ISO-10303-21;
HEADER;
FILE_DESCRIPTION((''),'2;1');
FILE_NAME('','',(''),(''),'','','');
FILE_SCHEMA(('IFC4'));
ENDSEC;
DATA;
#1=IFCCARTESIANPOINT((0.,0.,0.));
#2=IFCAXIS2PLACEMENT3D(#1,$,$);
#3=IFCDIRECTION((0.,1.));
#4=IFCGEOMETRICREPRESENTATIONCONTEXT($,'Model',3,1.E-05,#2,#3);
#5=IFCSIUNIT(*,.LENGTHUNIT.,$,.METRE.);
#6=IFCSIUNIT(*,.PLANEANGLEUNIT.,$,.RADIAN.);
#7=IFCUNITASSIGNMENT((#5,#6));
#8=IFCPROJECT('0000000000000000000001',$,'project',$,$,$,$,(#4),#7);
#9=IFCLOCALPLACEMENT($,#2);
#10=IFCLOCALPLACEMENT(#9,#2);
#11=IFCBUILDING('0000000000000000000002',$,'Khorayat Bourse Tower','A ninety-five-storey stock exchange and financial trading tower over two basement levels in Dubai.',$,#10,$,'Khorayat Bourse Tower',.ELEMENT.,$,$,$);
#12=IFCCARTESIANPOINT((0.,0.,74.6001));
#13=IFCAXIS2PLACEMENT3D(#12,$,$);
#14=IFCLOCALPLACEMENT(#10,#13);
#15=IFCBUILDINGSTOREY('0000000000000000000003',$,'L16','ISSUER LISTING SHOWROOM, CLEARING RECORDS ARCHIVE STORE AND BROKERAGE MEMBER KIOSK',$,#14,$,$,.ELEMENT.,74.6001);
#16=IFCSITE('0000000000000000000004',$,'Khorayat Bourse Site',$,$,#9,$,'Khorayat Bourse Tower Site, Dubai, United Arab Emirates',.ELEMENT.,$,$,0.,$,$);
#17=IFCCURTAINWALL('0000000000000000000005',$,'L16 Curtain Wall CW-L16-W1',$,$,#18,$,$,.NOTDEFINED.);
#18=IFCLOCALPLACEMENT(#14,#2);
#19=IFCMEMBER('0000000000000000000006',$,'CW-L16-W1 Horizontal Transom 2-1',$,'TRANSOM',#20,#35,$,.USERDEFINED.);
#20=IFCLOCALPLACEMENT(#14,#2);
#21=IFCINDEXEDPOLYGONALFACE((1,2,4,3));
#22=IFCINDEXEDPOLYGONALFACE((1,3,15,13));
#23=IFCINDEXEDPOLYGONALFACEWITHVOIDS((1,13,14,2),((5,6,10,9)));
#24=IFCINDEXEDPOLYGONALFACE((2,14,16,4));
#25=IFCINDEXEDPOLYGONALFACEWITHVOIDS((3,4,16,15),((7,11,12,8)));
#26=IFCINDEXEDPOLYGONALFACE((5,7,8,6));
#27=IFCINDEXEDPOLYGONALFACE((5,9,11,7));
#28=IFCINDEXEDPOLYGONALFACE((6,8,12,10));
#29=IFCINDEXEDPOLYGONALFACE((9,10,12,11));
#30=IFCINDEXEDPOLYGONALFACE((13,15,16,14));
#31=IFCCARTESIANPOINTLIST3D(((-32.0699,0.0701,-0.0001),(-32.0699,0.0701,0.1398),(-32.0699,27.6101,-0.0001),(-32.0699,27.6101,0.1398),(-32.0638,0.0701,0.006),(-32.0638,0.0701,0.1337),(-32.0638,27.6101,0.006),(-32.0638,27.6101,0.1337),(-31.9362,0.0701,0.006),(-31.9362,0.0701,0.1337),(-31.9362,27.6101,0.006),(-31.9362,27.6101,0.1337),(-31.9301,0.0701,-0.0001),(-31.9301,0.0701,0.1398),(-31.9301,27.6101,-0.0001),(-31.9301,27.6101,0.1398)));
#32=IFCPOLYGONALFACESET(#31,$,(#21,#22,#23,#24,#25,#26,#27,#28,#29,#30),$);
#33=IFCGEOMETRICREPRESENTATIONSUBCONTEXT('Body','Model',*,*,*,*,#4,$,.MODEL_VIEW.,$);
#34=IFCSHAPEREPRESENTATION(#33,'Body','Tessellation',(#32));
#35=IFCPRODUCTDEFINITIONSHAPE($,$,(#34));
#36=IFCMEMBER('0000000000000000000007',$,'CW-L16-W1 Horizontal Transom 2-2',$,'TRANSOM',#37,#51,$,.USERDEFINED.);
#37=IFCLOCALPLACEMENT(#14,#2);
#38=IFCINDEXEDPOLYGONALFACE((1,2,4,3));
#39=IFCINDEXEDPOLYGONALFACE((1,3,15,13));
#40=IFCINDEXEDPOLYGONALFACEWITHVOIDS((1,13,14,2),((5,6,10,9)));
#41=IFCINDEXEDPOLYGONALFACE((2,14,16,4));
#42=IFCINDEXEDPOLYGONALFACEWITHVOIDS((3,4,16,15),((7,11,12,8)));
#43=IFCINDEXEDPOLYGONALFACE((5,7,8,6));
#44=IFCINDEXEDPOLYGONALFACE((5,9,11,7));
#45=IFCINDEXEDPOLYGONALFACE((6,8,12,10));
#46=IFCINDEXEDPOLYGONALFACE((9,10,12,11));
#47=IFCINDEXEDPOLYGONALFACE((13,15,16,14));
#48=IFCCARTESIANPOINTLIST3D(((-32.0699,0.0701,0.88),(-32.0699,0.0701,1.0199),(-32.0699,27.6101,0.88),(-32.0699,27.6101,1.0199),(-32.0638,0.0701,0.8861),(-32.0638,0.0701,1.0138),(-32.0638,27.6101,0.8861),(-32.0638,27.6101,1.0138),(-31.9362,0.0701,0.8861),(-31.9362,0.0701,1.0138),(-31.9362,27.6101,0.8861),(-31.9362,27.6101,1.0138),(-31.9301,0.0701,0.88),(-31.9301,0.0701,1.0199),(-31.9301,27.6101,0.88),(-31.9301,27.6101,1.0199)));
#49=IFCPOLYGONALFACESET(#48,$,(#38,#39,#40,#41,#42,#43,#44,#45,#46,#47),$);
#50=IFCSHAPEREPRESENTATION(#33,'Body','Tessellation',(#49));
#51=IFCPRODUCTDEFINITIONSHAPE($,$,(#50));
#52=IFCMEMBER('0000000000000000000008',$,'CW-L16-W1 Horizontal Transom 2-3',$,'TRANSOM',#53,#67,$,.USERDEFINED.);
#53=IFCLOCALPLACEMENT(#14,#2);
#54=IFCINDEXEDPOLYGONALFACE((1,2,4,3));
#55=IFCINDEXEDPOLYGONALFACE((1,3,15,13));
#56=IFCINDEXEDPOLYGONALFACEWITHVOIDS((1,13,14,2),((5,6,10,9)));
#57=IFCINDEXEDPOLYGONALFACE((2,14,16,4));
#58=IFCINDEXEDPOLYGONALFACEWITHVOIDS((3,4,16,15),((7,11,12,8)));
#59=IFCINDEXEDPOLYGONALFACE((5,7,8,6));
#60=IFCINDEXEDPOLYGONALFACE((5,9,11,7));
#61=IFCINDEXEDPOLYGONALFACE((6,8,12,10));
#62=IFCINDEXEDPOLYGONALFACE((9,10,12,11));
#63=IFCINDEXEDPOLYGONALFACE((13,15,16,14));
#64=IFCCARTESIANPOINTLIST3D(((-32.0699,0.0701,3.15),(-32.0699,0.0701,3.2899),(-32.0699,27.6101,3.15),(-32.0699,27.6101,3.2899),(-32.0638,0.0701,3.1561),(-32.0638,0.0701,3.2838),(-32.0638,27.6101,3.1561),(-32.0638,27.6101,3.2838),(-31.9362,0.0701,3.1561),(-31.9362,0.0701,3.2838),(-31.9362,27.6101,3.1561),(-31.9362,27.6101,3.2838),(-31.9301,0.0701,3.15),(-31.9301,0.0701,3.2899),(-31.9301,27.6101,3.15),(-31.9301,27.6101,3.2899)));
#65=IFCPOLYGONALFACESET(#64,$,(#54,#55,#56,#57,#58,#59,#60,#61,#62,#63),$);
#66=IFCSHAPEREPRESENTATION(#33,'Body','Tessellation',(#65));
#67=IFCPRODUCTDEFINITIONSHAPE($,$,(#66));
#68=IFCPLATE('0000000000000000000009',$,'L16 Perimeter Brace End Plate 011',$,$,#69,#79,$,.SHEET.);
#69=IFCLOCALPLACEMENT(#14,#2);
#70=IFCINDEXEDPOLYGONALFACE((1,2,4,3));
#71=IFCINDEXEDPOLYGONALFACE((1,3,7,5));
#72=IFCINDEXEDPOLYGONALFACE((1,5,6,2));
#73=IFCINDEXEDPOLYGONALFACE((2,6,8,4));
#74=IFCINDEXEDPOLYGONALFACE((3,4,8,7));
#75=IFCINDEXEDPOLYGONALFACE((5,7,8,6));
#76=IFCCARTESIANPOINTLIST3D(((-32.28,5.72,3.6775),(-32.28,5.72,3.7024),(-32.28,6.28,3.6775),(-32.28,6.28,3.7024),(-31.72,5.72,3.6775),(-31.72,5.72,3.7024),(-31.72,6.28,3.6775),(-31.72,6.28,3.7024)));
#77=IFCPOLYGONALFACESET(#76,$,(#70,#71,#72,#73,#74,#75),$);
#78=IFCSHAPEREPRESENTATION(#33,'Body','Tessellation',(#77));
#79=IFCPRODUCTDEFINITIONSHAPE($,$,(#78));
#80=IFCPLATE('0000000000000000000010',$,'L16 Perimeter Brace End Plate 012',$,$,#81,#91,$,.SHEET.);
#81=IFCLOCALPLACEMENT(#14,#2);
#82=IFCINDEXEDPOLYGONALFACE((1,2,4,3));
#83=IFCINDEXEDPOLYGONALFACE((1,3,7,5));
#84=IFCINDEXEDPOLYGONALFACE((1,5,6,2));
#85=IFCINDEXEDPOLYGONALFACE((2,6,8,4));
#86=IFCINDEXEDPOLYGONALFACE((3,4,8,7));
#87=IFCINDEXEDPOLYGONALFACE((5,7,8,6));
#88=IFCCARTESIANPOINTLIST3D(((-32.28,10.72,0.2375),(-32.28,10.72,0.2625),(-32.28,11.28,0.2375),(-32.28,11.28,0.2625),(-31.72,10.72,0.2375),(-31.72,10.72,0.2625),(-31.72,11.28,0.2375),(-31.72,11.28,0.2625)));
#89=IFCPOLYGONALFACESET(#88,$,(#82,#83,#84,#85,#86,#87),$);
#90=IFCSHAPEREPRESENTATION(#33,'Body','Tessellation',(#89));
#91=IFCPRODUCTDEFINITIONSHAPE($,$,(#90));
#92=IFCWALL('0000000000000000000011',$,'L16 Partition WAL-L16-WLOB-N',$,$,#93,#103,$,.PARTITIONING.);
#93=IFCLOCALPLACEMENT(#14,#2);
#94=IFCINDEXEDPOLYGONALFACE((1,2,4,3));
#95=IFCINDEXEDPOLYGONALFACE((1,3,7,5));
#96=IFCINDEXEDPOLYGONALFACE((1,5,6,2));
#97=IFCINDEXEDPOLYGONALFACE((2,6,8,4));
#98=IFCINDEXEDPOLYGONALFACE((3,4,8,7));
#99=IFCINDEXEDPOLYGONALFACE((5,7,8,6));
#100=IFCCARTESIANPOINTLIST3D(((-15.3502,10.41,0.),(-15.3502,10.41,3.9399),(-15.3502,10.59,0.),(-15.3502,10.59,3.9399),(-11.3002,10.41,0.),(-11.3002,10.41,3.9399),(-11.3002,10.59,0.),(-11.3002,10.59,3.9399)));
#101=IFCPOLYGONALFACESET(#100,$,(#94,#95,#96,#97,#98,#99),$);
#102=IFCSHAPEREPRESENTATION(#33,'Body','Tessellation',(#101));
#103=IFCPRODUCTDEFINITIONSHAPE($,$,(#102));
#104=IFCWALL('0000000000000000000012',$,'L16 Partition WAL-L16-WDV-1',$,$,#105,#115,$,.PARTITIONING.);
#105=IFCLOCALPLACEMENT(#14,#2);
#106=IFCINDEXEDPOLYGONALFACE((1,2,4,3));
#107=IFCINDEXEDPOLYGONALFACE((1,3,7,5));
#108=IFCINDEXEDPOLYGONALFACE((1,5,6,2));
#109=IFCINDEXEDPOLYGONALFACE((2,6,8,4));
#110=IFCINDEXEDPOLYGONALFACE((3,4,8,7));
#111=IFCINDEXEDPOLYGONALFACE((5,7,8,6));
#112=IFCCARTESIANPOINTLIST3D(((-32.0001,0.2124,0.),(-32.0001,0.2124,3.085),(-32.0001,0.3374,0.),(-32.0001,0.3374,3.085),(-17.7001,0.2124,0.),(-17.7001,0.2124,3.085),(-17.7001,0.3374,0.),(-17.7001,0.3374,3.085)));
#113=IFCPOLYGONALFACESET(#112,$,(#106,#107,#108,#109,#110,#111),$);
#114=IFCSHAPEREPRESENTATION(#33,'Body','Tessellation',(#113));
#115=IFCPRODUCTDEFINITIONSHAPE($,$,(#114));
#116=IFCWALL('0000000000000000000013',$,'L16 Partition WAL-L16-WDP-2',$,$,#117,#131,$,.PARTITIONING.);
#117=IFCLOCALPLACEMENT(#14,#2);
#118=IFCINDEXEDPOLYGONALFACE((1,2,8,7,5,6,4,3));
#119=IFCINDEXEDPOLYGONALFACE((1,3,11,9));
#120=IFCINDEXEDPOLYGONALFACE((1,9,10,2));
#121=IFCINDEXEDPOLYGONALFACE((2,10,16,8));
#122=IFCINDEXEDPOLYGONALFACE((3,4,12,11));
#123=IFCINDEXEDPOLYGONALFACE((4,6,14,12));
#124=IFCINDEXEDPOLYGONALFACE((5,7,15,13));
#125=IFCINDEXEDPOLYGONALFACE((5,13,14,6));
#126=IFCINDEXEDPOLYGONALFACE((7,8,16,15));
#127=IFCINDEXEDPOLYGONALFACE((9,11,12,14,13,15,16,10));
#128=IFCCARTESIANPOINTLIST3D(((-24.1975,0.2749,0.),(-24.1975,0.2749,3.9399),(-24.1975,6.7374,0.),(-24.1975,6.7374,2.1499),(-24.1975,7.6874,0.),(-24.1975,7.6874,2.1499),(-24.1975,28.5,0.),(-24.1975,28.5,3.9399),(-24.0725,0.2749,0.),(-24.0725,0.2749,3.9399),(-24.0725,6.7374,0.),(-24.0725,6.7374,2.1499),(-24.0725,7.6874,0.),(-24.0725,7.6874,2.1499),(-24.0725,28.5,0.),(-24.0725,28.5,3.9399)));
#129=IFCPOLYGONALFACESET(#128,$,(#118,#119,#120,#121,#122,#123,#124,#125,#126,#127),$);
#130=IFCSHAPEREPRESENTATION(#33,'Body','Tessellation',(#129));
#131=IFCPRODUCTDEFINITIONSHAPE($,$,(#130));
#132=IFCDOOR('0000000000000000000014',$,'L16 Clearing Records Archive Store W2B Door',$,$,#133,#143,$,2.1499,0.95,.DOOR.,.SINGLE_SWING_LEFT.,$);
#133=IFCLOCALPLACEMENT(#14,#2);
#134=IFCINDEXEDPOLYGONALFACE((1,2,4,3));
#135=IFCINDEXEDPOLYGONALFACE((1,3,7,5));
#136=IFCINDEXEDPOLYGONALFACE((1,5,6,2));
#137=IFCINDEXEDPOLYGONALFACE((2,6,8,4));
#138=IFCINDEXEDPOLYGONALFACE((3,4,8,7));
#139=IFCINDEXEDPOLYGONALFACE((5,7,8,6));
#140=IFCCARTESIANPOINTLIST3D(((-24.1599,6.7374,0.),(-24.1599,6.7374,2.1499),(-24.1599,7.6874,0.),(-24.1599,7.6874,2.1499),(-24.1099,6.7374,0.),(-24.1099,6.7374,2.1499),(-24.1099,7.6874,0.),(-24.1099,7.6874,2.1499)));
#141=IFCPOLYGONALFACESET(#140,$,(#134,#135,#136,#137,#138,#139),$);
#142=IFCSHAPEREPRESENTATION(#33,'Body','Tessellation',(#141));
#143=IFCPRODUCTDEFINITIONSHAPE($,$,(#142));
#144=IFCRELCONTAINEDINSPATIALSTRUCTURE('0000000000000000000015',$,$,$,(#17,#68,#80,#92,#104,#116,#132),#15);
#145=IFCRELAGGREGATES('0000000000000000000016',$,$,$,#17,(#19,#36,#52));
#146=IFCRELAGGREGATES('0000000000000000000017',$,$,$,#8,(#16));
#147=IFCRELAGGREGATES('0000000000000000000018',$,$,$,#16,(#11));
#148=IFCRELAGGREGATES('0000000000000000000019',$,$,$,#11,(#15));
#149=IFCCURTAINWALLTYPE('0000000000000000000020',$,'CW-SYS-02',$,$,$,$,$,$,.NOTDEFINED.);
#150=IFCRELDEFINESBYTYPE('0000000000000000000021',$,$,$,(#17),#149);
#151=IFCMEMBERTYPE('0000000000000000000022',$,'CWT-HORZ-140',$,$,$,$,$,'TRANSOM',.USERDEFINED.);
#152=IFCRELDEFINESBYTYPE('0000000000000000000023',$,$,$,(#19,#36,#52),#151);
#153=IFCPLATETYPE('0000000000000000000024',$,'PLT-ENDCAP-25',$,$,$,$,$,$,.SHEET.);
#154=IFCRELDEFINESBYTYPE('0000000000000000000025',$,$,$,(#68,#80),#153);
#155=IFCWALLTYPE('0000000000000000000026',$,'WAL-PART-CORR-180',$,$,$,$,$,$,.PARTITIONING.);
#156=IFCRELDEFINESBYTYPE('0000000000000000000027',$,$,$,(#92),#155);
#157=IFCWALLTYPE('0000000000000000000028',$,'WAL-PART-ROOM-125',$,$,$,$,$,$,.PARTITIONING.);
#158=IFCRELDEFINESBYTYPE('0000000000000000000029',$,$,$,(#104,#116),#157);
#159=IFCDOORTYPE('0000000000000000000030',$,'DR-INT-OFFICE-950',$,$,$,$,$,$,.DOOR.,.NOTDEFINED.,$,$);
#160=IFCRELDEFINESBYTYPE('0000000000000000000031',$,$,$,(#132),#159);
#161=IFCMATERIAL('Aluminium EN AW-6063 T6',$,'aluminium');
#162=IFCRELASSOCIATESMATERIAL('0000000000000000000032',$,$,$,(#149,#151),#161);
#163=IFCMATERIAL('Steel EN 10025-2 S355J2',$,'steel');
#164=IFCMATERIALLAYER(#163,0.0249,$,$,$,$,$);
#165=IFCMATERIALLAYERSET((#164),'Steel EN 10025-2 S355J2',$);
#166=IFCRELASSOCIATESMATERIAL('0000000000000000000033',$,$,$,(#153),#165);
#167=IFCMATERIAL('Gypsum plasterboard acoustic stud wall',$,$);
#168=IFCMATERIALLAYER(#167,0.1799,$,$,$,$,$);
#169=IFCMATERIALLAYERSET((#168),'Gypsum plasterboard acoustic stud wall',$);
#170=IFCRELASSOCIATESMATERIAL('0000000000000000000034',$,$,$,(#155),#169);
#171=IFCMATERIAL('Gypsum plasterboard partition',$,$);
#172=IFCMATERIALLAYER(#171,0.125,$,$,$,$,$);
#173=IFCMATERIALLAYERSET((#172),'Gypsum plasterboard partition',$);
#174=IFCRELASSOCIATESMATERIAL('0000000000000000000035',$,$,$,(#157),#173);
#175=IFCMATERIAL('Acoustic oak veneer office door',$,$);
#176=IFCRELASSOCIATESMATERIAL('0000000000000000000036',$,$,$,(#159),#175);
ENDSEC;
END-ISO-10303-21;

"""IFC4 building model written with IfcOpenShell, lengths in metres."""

from ifc_helpers import new_model, si_unit, direction, frame, frame_2d, origin, origin_2d, place, context, subcontext, project, spatial, rectangle, hollow_rectangle, extrude, source, transform, mapped, material, layer, layer_set, material_profile, profile_set, type_object, element, fill, aggregate, save


model = new_model("IFC4")

# Units and contexts
model_context = context("Model", 3, precision=1e-05, world=origin(), true_north=direction((0.0, 1.0)))
body_context = subcontext(model_context, "Body", "Model", "MODEL_VIEW")
ifc_project = project(units=[si_unit("LENGTHUNIT", "METRE"), si_unit("PLANEANGLEUNIT", "RADIAN")], contexts=[model_context])

# Site, building, storey
site_placement = place(None, origin())
site = spatial("IfcSite", under=ifc_project, at=site_placement, Name="Khorayat Bourse Site", LongName="Khorayat Bourse Tower Site, Dubai, United Arab Emirates", CompositionType="ELEMENT", RefElevation=0.0)
building_placement = place(site_placement, origin())
building = spatial("IfcBuilding", under=site, at=building_placement, Name="Khorayat Bourse Tower", Description="A ninety-five-storey stock exchange and financial trading tower over two basement levels in Dubai.", LongName="Khorayat Bourse Tower", CompositionType="ELEMENT")
storey_placement = place(building_placement, frame((0.0, 0.0, 74.6001)))
storey = spatial("IfcBuildingStorey", under=building, at=storey_placement, Name="L16", Description="ISSUER LISTING SHOWROOM, CLEARING RECORDS ARCHIVE STORE AND BROKERAGE MEMBER KIOSK", CompositionType="ELEMENT", Elevation=74.6001)

# Curtain wall, members
ifc_material_1 = material(Name="Aluminium EN AW-6063 T6", Category="aluminium")
curtain_wall_type = type_object("IfcCurtainWallType", Name="CW-SYS-02", PredefinedType="NOTDEFINED", material=ifc_material_1)
curtain_wall_placement = place(storey_placement, origin())
curtain_wall = element("IfcCurtainWall", 1, at=curtain_wall_placement, inside=storey, type_object=curtain_wall_type, Name="L16 Curtain Wall CW-L16-W1", PredefinedType="NOTDEFINED")
ifc_material_profile_1 = material_profile(ifc_material_1, hollow_rectangle(XDim=0.1399, YDim=0.1399, WallThickness=0.0061, at=origin_2d()), Name="ALU 140x140x6")
ifc_profile_set_1 = profile_set([ifc_material_profile_1], Name="Aluminium EN AW-6063 T6")
member_type_1 = type_object("IfcMemberType", Name="CWT-HORZ-140", ElementType="TRANSOM", PredefinedType="USERDEFINED", material=ifc_profile_set_1)
shared_shape_1 = source(origin(), body_context, "Body", "SweptSolid", [
    extrude(hollow_rectangle(XDim=0.1399, YDim=0.1399, WallThickness=0.0061, at=origin_2d()), origin(), (0.0, 0.0, 1.0), 27.54),
])
member_1_placement = place(storey_placement, frame((-32.0, 0.0701, 0.0698), z_axis=(0.0, 1.0, 0.0), x_axis=(-1.0, 0.0, 0.0)))
member_1 = element("IfcMember", 2, at=member_1_placement, type_object=member_type_1, Name="CW-L16-W1 Horizontal Transom 2-1", ObjectType="TRANSOM", PredefinedType="USERDEFINED", context=body_context, shape_type="MappedRepresentation", body=[
    mapped(shared_shape_1, transform((0.0, 0.0, 0.0), scale=1.0)),
])
member_2_placement = place(storey_placement, frame((-32.0, 0.0701, 0.95), z_axis=(0.0, 1.0, 0.0), x_axis=(-1.0, 0.0, 0.0)))
member_2 = element("IfcMember", 3, at=member_2_placement, type_object=member_type_1, Name="CW-L16-W1 Horizontal Transom 2-2", ObjectType="TRANSOM", PredefinedType="USERDEFINED", context=body_context, shape_type="MappedRepresentation", body=[
    mapped(shared_shape_1, transform((0.0, 0.0, 0.0), scale=1.0)),
])
member_3_placement = place(storey_placement, frame((-32.0, 0.0701, 3.22), z_axis=(0.0, 1.0, 0.0), x_axis=(-1.0, 0.0, 0.0)))
member_3 = element("IfcMember", 4, at=member_3_placement, type_object=member_type_1, Name="CW-L16-W1 Horizontal Transom 2-3", ObjectType="TRANSOM", PredefinedType="USERDEFINED", context=body_context, shape_type="MappedRepresentation", body=[
    mapped(shared_shape_1, transform((0.0, 0.0, 0.0), scale=1.0)),
])
aggregate(curtain_wall, [member_1, member_2, member_3])

# Plates
ifc_material_2 = material(Name="Steel EN 10025-2 S355J2", Category="steel")
ifc_layer_1 = layer(ifc_material_2, 0.0249)
ifc_layer_set_1 = layer_set([ifc_layer_1], Name="Steel EN 10025-2 S355J2")
plate_type = type_object("IfcPlateType", Name="PLT-ENDCAP-25", PredefinedType="SHEET", material=ifc_layer_set_1)
shared_shape_2 = source(origin(), body_context, "Body", "SweptSolid", [
    extrude(rectangle(XDim=0.5601, YDim=0.5601, at=origin_2d()), origin(), (0.0, 0.0, 1.0), 0.0249),
])
for number, where, z_axis, x_axis, name in (
    (5, (-32.0, 6.0, 3.6775), (0.0, 0.0, 1.0), (1.0, 0.0, 0.0), "L16 Perimeter Brace End Plate 011"),
    (6, (-32.0, 11.0, 0.2375), (0.0, 0.0, 1.0), (1.0, 0.0, 0.0), "L16 Perimeter Brace End Plate 012"),
):
    element("IfcPlate", number, at=place(storey_placement, frame(where, z_axis=z_axis, x_axis=x_axis)), inside=storey, type_object=plate_type, Name=name, PredefinedType="SHEET", context=body_context, shape_type="MappedRepresentation", body=[
        mapped(shared_shape_2, transform((0.0, 0.0, 0.0), scale=1.0)),
    ])

# Walls
ifc_material_3 = material(Name="Gypsum plasterboard acoustic stud wall")
ifc_layer_2 = layer(ifc_material_3, 0.1799)
ifc_layer_set_2 = layer_set([ifc_layer_2], Name="Gypsum plasterboard acoustic stud wall")
wall_type_1 = type_object("IfcWallType", Name="WAL-PART-CORR-180", PredefinedType="PARTITIONING", material=ifc_layer_set_2)
shared_shape_3 = source(origin(), body_context, "Body", "SweptSolid", [
    extrude(rectangle(XDim=4.05, YDim=0.1799, at=frame_2d((2.0249, 0.0))), origin(), (0.0, 0.0, 1.0), 3.9399),
])
wall_1_placement = place(storey_placement, frame((-15.3501, 10.5, 0.0), z_axis=(0.0, 0.0, 1.0), x_axis=(1.0, 0.0, 0.0)))
element("IfcWall", 7, at=wall_1_placement, inside=storey, type_object=wall_type_1, Name="L16 Partition WAL-L16-WLOB-N", PredefinedType="PARTITIONING", context=body_context, shape_type="MappedRepresentation", body=[
    mapped(shared_shape_3, transform((0.0, 0.0, 0.0), scale=1.0)),
])
ifc_material_4 = material(Name="Gypsum plasterboard partition")
ifc_layer_3 = layer(ifc_material_4, 0.125)
ifc_layer_set_3 = layer_set([ifc_layer_3], Name="Gypsum plasterboard partition")
wall_type_2 = type_object("IfcWallType", Name="WAL-PART-ROOM-125", PredefinedType="PARTITIONING", material=ifc_layer_set_3)
shared_shape_4 = source(origin(), body_context, "Body", "SweptSolid", [
    extrude(rectangle(XDim=14.3, YDim=0.125, at=frame_2d((7.1499, 0.0))), origin(), (0.0, 0.0, 1.0), 3.085),
])
wall_2_placement = place(storey_placement, frame((-32.0, 0.2749, 0.0), z_axis=(0.0, 0.0, 1.0), x_axis=(1.0, 0.0, 0.0)))
element("IfcWall", 8, at=wall_2_placement, inside=storey, type_object=wall_type_2, Name="L16 Partition WAL-L16-WDV-1", PredefinedType="PARTITIONING", context=body_context, shape_type="MappedRepresentation", body=[
    mapped(shared_shape_4, transform((0.0, 0.0, 0.0), scale=1.0)),
])

# Wall, opening, door
shared_shape_5 = source(origin(), body_context, "Body", "SweptSolid", [
    extrude(rectangle(XDim=28.2251, YDim=0.125, at=frame_2d((14.1125, 0.0))), origin(), (0.0, 0.0, 1.0), 3.9399),
])
wall_3_placement = place(storey_placement, frame((-24.135, 0.2749, 0.0), z_axis=(0.0, 0.0, 1.0), x_axis=(0.0, 1.0, 0.0)))
wall_3 = element("IfcWall", 9, at=wall_3_placement, inside=storey, type_object=wall_type_2, Name="L16 Partition WAL-L16-WDP-2", PredefinedType="PARTITIONING", context=body_context, shape_type="MappedRepresentation", body=[
    mapped(shared_shape_5, transform((0.0, 0.0, 0.0), scale=1.0)),
])
shared_shape_6 = source(origin(), body_context, "Body", "SweptSolid", [
    extrude(rectangle(XDim=0.95, YDim=2.1499, at=frame_2d((0.4751, 1.075))), frame((0.0, 0.0725, 0.0), z_axis=(0.0, -1.0, 0.0), x_axis=(1.0, 0.0, 0.0)), (0.0, 0.0, 1.0), 0.145),
])
opening_placement = place(wall_3_placement, frame((6.4624, 0.0, 0.0)))
opening = element("IfcOpeningElement", 10, at=opening_placement, cuts=wall_3, PredefinedType="OPENING", context=body_context, shape_type="MappedRepresentation", body=[
    mapped(shared_shape_6, transform((0.0, 0.0, 0.0), scale=1.0)),
])
ifc_material_5 = material(Name="Acoustic oak veneer office door")
door_type = type_object("IfcDoorType", Name="DR-INT-OFFICE-950", OperationType="NOTDEFINED", PredefinedType="DOOR", material=ifc_material_5)
shared_shape_7 = source(origin(), body_context, "Body", "SweptSolid", [
    extrude(rectangle(XDim=0.95, YDim=2.1499, at=frame_2d((0.4751, 1.075))), frame((0.0, 0.0249, 0.0), z_axis=(0.0, -1.0, 0.0), x_axis=(1.0, 0.0, 0.0)), (0.0, 0.0, 1.0), 0.05),
])
door_placement = place(opening_placement, origin())
door = element("IfcDoor", 11, at=door_placement, inside=storey, type_object=door_type, Name="L16 Clearing Records Archive Store W2B Door", OperationType="SINGLE_SWING_LEFT", OverallHeight=2.1499, OverallWidth=0.95, PredefinedType="DOOR", context=body_context, shape_type="MappedRepresentation", body=[
    mapped(shared_shape_7, transform((0.0, 0.0, 0.0), scale=1.0)),
])
fill(opening, door)

save(model, "model.ifc")
